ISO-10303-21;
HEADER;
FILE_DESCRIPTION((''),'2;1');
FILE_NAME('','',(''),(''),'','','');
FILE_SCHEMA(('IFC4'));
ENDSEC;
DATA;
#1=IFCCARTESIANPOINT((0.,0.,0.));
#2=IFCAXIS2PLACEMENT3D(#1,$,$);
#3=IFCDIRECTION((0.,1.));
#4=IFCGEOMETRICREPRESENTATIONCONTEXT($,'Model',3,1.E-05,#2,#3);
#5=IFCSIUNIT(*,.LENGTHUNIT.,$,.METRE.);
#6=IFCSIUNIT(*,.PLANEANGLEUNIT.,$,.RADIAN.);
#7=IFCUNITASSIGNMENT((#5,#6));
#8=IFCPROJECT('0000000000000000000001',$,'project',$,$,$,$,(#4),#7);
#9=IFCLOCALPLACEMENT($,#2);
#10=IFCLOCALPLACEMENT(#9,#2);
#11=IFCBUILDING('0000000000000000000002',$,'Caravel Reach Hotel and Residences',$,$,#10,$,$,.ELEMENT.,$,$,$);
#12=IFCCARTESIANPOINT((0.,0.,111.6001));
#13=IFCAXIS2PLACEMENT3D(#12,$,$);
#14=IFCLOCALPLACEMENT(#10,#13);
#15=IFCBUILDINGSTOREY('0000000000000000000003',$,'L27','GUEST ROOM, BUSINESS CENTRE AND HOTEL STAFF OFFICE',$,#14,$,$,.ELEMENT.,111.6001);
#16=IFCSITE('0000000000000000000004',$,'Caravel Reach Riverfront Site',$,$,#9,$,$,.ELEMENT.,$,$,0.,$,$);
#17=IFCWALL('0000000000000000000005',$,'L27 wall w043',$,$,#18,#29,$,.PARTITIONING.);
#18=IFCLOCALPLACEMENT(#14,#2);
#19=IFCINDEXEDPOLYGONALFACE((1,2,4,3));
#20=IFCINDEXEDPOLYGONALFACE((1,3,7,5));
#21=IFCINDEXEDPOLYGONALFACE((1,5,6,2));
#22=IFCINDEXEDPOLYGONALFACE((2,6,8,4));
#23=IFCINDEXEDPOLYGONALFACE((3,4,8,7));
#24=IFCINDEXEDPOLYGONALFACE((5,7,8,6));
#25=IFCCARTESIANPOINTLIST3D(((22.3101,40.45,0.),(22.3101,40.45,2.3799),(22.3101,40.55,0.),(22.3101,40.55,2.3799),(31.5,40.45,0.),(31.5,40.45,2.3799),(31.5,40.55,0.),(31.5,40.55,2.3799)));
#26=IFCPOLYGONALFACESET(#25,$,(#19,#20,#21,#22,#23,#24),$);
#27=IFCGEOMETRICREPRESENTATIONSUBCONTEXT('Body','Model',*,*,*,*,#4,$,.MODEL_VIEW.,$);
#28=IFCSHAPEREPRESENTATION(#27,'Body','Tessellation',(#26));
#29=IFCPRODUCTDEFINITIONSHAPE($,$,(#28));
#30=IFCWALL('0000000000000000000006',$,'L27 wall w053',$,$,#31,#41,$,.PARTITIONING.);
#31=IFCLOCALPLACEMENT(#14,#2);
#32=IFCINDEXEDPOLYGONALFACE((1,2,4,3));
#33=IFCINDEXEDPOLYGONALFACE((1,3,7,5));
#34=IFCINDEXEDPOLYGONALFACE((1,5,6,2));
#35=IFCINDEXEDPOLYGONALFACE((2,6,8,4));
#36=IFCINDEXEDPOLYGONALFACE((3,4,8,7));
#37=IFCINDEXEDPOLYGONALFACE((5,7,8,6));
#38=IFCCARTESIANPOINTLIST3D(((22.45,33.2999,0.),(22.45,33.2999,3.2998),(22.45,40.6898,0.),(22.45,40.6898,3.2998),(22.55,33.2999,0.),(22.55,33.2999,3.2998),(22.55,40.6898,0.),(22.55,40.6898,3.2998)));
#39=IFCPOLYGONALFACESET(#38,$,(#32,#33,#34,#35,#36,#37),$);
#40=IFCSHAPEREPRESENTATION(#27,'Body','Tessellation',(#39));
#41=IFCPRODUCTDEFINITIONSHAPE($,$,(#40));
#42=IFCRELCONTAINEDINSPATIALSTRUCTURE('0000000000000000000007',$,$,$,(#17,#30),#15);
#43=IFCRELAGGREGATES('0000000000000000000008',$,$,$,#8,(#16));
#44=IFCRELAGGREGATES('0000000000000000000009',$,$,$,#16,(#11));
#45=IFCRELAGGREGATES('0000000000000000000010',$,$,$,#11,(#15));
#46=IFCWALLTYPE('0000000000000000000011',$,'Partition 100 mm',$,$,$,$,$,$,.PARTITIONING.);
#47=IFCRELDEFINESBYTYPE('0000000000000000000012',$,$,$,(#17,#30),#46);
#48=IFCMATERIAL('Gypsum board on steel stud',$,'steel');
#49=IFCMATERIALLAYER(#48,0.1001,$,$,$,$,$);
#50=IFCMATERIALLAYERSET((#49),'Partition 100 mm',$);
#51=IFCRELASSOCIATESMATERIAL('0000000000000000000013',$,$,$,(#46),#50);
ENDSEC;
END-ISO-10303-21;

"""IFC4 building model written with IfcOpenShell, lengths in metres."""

from ifc_helpers import new_model, si_unit, direction, frame, frame_2d, origin, place, context, subcontext, project, spatial, rectangle, extrude, material, layer, layer_set, type_object, element, save


model = new_model("IFC4")

# Units and contexts
model_context = context("Model", 3, precision=1e-05, world=origin(), true_north=direction((0.0, 1.0)))
body_context = subcontext(model_context, "Body", "Model", "MODEL_VIEW")
ifc_project = project(units=[si_unit("LENGTHUNIT", "METRE"), si_unit("PLANEANGLEUNIT", "RADIAN")], contexts=[model_context])

# Site, building, storey
site_placement = place(None, origin())
site = spatial("IfcSite", under=ifc_project, at=site_placement, Name="Caravel Reach Riverfront Site", CompositionType="ELEMENT", RefElevation=0.0)
building_placement = place(site_placement, origin())
building = spatial("IfcBuilding", under=site, at=building_placement, Name="Caravel Reach Hotel and Residences", CompositionType="ELEMENT")
storey_placement = place(building_placement, frame((0.0, 0.0, 111.6001)))
storey = spatial("IfcBuildingStorey", under=building, at=storey_placement, Name="L27", Description="GUEST ROOM, BUSINESS CENTRE AND HOTEL STAFF OFFICE", CompositionType="ELEMENT", Elevation=111.6001)

# Walls
ifc_material_1 = material(Name="Gypsum board on steel stud", Category="steel")
ifc_layer_1 = layer(ifc_material_1, 0.1001)
ifc_layer_set_1 = layer_set([ifc_layer_1], Name="Partition 100 mm")
wall_type_1 = type_object("IfcWallType", Name="Partition 100 mm", PredefinedType="PARTITIONING", material=ifc_layer_set_1)
wall_1_placement = place(storey_placement, frame((22.3101, 40.5, 0.0), z_axis=(0.0, 0.0, 1.0), x_axis=(1.0, 0.0, 0.0)))
element("IfcWall", 1, at=wall_1_placement, inside=storey, type_object=wall_type_1, Name="L27 wall w043", PredefinedType="PARTITIONING", context=body_context, shape_type="SweptSolid", body=[
    extrude(rectangle(XDim=9.1899, YDim=0.1001, at=frame_2d((4.595, 0.0))), origin(), (0.0, 0.0, 1.0), 2.3799),
])
wall_2_placement = place(storey_placement, frame((22.5, 33.3, 0.0), z_axis=(0.0, 0.0, 1.0), x_axis=(0.0, 1.0, 0.0)))
element("IfcWall", 2, at=wall_2_placement, inside=storey, type_object=wall_type_1, Name="L27 wall w053", PredefinedType="PARTITIONING", context=body_context, shape_type="SweptSolid", body=[
    extrude(rectangle(XDim=7.3899, YDim=0.1001, at=frame_2d((3.6948, 0.0))), origin(), (0.0, 0.0, 1.0), 3.2998),
])

save(model, "model.ifc")
